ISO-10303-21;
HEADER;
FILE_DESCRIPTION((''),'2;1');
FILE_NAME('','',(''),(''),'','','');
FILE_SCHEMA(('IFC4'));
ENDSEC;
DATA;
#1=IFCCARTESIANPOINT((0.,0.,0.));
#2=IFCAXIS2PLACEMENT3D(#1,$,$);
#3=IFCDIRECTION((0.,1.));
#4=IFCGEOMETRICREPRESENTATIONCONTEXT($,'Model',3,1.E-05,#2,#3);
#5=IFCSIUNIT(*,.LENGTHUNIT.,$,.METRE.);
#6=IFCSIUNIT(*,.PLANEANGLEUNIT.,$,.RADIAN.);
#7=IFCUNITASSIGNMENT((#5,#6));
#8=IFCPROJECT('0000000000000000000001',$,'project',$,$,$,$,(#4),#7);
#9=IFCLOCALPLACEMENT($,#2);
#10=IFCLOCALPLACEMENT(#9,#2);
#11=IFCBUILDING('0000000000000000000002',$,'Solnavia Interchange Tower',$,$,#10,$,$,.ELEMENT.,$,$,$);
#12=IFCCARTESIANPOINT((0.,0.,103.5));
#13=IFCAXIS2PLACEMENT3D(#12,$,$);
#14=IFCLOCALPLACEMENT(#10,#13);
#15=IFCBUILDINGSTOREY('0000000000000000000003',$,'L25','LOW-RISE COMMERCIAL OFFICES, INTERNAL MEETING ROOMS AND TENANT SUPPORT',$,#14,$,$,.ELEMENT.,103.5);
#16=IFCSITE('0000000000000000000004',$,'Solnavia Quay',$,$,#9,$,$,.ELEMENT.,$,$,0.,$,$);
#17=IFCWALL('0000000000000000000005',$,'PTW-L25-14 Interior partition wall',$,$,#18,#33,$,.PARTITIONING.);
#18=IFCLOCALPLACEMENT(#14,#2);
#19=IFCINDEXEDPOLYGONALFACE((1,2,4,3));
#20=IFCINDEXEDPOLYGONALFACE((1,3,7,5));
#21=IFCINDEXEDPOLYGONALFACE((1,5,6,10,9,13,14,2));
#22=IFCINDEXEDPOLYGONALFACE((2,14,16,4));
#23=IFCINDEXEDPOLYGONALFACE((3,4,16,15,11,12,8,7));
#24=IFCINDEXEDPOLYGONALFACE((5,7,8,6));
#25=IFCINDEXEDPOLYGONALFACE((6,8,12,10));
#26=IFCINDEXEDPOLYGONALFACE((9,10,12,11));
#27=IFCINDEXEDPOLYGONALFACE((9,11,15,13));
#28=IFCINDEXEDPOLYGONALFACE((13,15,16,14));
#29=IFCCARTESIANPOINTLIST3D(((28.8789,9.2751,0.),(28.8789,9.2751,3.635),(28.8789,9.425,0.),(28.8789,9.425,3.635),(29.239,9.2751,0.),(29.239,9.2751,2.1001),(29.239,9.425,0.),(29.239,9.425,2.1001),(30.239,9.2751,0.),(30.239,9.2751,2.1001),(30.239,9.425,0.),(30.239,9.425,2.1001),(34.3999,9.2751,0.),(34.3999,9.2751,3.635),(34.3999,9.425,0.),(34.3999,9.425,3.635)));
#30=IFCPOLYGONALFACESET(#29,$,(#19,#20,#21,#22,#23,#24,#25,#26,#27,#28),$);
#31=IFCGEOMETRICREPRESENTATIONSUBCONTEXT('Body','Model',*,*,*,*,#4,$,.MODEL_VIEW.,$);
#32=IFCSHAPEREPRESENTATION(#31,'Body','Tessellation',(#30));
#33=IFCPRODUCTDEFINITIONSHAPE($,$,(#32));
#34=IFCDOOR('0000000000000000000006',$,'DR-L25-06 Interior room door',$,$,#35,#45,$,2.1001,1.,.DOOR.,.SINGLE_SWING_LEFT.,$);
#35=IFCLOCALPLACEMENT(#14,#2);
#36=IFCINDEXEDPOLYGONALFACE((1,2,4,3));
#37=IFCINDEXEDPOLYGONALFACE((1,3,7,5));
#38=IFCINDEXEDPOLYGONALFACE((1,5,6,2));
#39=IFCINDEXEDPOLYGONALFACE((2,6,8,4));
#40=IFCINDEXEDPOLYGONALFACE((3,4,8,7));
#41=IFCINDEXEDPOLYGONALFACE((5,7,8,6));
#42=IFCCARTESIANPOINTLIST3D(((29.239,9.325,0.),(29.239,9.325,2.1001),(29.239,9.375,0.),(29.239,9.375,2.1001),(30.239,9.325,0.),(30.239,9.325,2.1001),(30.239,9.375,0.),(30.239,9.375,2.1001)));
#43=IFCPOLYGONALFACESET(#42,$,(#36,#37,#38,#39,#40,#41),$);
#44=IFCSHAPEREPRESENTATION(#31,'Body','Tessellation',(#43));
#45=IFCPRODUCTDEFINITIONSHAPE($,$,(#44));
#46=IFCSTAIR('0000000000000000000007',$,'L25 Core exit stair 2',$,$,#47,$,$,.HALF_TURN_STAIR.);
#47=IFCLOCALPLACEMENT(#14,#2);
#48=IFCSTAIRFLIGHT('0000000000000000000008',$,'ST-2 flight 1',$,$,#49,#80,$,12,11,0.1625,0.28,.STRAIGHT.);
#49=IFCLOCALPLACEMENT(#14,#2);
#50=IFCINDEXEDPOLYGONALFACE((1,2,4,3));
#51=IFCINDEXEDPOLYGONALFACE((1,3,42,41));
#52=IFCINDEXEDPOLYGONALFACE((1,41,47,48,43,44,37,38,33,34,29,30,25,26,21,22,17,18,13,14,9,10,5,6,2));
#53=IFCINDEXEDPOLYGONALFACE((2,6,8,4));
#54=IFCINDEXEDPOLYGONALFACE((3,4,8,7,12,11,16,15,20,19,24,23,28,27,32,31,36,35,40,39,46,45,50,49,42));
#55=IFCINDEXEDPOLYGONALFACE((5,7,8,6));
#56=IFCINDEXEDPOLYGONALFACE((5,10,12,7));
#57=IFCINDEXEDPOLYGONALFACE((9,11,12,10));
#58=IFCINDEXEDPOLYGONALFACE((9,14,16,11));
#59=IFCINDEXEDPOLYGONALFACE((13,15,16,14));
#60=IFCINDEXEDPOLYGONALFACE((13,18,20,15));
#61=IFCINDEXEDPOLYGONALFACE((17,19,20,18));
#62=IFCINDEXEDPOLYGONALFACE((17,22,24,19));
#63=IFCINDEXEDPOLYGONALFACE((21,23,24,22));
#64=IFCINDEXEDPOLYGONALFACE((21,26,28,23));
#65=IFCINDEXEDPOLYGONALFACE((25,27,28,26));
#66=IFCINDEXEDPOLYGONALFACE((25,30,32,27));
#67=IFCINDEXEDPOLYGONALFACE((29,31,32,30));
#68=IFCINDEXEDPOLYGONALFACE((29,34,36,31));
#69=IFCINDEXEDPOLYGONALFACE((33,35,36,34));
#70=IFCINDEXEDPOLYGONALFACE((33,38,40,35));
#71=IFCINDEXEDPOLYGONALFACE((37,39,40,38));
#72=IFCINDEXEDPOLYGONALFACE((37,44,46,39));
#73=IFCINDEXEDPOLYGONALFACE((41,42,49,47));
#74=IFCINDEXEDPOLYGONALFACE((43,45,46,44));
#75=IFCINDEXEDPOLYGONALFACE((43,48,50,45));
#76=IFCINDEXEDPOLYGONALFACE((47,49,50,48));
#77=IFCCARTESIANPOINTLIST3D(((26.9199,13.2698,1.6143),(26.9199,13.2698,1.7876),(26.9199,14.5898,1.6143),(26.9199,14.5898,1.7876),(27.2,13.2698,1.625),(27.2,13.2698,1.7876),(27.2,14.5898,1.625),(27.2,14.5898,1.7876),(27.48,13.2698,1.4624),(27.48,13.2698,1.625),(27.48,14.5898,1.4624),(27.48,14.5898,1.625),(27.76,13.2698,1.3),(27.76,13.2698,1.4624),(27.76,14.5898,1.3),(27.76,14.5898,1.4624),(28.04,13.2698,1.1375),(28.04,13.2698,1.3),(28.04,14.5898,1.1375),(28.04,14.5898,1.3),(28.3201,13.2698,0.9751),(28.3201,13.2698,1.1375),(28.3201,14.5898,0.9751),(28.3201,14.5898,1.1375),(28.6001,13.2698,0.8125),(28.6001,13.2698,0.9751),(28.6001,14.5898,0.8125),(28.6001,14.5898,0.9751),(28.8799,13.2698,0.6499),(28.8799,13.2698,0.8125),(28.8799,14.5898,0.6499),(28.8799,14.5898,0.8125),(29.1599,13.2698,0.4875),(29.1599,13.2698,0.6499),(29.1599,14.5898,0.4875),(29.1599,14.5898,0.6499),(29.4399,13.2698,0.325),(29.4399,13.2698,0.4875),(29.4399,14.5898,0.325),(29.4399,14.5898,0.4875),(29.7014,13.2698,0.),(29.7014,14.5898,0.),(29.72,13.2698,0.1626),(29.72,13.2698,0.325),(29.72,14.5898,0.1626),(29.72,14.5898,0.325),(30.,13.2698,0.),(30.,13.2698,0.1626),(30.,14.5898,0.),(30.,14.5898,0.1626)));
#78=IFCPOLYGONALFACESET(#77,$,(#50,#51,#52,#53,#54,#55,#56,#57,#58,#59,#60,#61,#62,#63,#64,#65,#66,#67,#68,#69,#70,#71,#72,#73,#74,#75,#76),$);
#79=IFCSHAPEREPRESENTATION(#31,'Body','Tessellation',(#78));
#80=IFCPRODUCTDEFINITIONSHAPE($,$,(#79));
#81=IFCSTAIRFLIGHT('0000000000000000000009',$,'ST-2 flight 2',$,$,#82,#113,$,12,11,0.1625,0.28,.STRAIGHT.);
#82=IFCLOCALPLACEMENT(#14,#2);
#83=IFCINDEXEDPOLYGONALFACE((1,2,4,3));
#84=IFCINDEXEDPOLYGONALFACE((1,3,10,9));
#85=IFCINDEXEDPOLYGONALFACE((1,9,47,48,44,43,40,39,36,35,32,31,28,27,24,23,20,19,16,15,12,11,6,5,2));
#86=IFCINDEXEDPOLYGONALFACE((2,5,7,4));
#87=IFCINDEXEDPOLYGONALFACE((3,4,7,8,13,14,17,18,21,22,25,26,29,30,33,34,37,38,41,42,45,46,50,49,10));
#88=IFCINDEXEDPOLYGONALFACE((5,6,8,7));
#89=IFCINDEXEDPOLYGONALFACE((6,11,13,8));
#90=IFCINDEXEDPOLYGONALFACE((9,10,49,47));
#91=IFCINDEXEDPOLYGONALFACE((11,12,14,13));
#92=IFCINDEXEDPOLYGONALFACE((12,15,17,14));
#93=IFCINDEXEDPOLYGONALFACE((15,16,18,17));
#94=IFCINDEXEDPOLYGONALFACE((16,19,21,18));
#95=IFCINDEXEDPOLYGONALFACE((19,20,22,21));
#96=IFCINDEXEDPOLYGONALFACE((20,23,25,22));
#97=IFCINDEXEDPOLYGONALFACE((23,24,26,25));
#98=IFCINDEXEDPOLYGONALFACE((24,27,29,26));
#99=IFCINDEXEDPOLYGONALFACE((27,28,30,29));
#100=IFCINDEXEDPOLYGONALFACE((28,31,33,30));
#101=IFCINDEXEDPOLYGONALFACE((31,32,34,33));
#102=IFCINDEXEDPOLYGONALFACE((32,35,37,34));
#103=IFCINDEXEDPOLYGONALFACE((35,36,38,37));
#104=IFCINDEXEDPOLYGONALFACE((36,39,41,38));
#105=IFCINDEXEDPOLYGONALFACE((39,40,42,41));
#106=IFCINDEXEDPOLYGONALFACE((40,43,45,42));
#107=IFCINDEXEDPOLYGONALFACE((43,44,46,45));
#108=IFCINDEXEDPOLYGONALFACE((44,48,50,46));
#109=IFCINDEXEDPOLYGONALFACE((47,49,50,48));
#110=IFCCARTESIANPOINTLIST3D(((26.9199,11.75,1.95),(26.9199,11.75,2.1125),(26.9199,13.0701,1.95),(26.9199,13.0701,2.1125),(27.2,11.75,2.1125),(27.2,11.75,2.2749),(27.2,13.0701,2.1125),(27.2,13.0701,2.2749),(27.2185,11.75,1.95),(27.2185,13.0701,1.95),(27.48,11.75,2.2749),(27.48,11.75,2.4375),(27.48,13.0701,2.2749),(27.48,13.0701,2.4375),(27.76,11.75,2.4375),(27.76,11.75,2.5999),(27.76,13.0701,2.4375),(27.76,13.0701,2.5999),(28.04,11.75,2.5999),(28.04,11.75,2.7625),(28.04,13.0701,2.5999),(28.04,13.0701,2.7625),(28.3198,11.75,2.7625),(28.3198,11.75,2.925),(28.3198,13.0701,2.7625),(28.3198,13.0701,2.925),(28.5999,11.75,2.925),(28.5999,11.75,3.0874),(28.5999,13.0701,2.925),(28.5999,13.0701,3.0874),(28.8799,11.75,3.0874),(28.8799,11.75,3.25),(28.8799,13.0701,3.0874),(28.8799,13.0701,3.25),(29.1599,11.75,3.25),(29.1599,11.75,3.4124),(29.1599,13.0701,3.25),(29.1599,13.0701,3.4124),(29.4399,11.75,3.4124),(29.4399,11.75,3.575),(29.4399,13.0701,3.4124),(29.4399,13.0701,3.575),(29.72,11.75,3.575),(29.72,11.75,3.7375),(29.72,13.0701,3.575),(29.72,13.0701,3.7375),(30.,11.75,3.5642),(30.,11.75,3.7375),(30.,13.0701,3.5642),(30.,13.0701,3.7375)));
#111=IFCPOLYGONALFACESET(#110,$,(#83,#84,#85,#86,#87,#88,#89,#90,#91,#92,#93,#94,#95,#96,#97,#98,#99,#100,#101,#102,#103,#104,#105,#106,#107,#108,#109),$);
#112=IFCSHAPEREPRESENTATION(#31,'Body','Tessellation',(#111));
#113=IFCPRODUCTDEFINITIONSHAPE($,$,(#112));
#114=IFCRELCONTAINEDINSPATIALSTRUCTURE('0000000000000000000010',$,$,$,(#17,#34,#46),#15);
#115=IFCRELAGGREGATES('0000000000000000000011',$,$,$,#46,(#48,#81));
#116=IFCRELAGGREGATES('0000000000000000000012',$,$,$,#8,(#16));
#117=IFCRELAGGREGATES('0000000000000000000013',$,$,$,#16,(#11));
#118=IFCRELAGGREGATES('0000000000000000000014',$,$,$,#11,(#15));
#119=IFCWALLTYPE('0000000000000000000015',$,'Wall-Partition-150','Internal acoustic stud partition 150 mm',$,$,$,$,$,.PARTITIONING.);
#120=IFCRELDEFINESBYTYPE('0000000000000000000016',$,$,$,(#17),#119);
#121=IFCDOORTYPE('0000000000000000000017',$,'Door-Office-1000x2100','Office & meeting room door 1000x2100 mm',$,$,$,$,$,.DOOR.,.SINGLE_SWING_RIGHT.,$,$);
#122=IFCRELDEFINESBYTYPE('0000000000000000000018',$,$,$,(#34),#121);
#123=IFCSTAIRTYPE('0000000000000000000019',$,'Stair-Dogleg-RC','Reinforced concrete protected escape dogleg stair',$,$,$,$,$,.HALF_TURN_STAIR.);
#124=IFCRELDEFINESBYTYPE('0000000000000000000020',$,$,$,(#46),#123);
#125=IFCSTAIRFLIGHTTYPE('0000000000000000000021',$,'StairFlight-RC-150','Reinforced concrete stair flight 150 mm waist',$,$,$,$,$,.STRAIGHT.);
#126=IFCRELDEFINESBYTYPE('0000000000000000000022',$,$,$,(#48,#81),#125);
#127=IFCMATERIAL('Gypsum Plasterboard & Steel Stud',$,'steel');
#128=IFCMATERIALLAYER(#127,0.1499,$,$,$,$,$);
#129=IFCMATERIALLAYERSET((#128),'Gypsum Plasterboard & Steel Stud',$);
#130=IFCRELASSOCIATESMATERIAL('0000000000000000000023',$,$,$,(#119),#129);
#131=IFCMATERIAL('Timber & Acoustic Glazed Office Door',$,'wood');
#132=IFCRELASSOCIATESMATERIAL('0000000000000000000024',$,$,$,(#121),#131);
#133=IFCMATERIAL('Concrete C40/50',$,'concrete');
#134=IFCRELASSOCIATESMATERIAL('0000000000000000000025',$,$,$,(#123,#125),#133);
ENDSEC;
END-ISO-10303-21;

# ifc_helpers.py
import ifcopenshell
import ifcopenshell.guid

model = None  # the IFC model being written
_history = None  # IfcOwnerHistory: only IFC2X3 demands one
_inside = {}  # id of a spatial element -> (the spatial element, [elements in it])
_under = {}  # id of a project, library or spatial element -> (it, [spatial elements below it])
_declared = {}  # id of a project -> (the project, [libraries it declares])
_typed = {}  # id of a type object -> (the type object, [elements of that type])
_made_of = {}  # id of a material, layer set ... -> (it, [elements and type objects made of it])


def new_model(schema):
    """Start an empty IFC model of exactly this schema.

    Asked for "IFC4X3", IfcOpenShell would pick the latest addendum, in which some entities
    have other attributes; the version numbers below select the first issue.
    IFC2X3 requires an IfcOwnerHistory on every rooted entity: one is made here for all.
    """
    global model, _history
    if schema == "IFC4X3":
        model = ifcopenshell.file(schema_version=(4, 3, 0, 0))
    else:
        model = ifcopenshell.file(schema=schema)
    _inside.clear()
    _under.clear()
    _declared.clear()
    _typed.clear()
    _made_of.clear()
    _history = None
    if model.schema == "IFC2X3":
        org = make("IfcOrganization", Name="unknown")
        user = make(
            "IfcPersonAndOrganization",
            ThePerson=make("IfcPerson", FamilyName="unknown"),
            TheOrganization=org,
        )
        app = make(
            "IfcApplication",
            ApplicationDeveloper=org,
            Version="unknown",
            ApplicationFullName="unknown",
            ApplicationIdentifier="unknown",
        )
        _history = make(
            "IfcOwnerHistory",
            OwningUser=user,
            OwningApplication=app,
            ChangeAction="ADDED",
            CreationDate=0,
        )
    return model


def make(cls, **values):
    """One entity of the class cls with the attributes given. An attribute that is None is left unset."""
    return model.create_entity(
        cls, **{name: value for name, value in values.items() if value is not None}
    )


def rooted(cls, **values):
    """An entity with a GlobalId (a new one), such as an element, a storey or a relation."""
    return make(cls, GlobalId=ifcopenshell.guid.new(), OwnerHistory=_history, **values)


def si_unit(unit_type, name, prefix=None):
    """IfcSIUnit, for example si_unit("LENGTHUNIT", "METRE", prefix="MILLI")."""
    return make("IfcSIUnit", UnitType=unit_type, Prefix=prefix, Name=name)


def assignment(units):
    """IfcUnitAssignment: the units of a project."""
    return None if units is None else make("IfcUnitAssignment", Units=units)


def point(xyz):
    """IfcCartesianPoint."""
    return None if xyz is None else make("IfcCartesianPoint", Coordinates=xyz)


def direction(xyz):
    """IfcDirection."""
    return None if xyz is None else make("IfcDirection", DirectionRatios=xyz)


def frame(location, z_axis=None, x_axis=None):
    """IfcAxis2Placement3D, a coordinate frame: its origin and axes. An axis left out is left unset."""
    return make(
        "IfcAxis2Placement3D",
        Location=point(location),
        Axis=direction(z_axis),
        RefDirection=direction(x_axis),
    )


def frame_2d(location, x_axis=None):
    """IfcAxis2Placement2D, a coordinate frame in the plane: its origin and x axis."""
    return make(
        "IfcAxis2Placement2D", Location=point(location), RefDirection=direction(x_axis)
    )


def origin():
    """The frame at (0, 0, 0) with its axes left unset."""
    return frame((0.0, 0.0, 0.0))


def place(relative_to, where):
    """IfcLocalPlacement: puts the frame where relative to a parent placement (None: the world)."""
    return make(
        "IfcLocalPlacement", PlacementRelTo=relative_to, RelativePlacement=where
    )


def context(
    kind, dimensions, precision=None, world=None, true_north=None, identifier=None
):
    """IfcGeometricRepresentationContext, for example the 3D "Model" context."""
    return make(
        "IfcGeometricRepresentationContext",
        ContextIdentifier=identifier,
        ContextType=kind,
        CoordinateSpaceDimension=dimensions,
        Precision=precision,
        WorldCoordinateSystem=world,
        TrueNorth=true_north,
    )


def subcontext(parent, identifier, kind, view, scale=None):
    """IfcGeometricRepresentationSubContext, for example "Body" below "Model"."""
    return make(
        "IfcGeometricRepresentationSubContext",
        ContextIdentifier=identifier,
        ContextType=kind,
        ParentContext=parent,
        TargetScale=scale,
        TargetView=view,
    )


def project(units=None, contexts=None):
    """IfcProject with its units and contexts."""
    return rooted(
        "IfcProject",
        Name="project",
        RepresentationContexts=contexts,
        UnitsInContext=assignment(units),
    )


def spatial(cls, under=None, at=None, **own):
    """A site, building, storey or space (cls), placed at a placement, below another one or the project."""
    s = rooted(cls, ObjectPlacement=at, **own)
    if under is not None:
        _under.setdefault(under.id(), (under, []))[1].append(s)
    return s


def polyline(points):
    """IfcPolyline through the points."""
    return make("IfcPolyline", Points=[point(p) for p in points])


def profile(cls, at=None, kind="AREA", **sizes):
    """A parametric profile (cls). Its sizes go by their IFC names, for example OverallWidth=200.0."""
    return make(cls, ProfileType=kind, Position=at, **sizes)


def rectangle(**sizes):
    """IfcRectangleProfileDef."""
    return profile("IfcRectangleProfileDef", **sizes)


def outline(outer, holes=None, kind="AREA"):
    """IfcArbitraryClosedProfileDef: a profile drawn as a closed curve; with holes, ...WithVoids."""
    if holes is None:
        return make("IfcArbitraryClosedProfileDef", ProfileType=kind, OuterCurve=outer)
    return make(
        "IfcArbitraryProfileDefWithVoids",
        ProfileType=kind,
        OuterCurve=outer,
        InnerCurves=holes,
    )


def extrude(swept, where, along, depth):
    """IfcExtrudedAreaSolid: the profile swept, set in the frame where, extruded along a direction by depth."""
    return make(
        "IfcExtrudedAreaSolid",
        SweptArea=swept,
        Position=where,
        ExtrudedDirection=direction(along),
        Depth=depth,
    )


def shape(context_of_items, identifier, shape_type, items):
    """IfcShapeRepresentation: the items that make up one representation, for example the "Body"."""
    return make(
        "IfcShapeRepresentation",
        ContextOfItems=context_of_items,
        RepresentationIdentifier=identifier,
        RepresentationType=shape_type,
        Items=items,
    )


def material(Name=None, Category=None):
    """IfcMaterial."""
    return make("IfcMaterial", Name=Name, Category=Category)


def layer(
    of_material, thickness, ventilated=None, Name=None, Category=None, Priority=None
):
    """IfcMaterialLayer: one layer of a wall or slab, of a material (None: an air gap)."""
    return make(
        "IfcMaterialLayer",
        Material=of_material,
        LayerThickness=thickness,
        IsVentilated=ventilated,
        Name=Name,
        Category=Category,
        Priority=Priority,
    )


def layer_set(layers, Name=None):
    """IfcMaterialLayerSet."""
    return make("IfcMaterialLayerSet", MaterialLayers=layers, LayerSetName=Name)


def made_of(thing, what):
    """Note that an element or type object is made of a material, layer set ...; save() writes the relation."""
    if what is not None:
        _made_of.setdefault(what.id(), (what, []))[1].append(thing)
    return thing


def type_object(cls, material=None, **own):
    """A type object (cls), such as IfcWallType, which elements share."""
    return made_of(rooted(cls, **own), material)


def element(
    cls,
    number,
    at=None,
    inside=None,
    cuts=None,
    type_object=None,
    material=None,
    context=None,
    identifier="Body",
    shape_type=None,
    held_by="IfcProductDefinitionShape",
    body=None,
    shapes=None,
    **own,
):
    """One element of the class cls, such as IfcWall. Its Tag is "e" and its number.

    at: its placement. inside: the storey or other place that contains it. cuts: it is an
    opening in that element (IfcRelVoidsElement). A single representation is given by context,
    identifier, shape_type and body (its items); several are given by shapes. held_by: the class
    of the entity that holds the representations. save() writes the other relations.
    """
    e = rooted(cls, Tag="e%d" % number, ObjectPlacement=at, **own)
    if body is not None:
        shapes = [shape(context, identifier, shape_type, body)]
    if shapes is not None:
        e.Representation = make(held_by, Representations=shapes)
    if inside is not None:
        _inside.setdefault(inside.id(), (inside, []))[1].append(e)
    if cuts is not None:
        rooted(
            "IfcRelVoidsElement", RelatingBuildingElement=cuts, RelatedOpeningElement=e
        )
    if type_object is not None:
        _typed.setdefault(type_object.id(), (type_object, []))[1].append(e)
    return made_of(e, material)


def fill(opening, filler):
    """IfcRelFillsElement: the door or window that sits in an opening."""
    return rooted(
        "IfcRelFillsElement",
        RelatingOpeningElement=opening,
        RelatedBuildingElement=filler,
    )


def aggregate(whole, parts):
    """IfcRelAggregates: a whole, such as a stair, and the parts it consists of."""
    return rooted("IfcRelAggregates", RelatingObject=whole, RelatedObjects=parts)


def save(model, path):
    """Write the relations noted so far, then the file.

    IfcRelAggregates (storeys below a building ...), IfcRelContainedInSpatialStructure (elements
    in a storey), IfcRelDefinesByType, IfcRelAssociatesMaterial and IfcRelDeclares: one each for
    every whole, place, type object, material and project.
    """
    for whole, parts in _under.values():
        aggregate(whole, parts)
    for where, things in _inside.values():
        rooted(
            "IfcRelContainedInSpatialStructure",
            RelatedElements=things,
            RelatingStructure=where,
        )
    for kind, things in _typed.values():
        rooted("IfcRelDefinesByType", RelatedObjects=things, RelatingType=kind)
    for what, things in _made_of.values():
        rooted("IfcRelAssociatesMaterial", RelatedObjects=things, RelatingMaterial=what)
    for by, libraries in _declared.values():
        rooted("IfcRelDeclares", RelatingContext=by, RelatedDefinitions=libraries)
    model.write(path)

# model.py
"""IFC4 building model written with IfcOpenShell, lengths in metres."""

from ifc_helpers import new_model, si_unit, direction, frame, frame_2d, origin, place, context, subcontext, project, spatial, polyline, rectangle, outline, extrude, material, layer, layer_set, type_object, element, fill, aggregate, save


model = new_model("IFC4")

# Units and contexts
model_context = context("Model", 3, precision=1e-05, world=origin(), true_north=direction((0.0, 1.0)))
body_context = subcontext(model_context, "Body", "Model", "MODEL_VIEW")
ifc_project = project(units=[si_unit("LENGTHUNIT", "METRE"), si_unit("PLANEANGLEUNIT", "RADIAN")], contexts=[model_context])

# Site, building, storey
site_placement = place(None, origin())
site = spatial("IfcSite", under=ifc_project, at=site_placement, Name="Solnavia Quay", CompositionType="ELEMENT", RefElevation=0.0)
building_placement = place(site_placement, origin())
building = spatial("IfcBuilding", under=site, at=building_placement, Name="Solnavia Interchange Tower", CompositionType="ELEMENT")
storey_placement = place(building_placement, frame((0.0, 0.0, 103.5)))
storey = spatial("IfcBuildingStorey", under=building, at=storey_placement, Name="L25", Description="LOW-RISE COMMERCIAL OFFICES, INTERNAL MEETING ROOMS AND TENANT SUPPORT", CompositionType="ELEMENT", Elevation=103.5)

# Shared definitions
ifc_material_1 = material(Name="Concrete C40/50", Category="concrete")

# Shared definitions
ifc_material_2 = material(Name="Gypsum Plasterboard & Steel Stud", Category="steel")
ifc_layer_1 = layer(ifc_material_2, 0.1499)
ifc_layer_set_1 = layer_set([ifc_layer_1], Name="Gypsum Plasterboard & Steel Stud")
wall_type_1 = type_object("IfcWallType", Name="Wall-Partition-150", Description="Internal acoustic stud partition 150 mm", PredefinedType="PARTITIONING", material=ifc_layer_set_1)

# Wall, opening, door
wall_1_placement = place(storey_placement, frame((28.8789, 9.3501, 0.0), z_axis=(0.0, 0.0, 1.0), x_axis=(1.0, 0.0, 0.0)))
wall_1 = element("IfcWall", 1, at=wall_1_placement, inside=storey, type_object=wall_type_1, Name="PTW-L25-14 Interior partition wall", PredefinedType="PARTITIONING", context=body_context, shape_type="SweptSolid", body=[
    extrude(rectangle(XDim=5.521, YDim=0.1499, at=frame_2d((2.7605, 0.0))), origin(), (0.0, 0.0, 1.0), 3.635),
])
opening_1_placement = place(wall_1_placement, frame((0.3601, 0.0, 0.0)))
opening_1 = element("IfcOpeningElement", 2, at=opening_1_placement, cuts=wall_1, PredefinedType="OPENING", context=body_context, shape_type="SweptSolid", body=[
    extrude(rectangle(XDim=1.0, YDim=2.1001, at=frame_2d((0.5, 1.05))), frame((0.0, 0.085, 0.0), z_axis=(0.0, -1.0, 0.0), x_axis=(1.0, 0.0, 0.0)), (0.0, 0.0, 1.0), 0.1699),
])
ifc_material_3 = material(Name="Timber & Acoustic Glazed Office Door", Category="wood")
door_type = type_object("IfcDoorType", Name="Door-Office-1000x2100", Description="Office & meeting room door 1000x2100 mm", OperationType="SINGLE_SWING_RIGHT", PredefinedType="DOOR", material=ifc_material_3)
door_placement = place(opening_1_placement, origin())
door = element("IfcDoor", 3, at=door_placement, inside=storey, type_object=door_type, Name="DR-L25-06 Interior room door", OperationType="SINGLE_SWING_LEFT", OverallHeight=2.1001, OverallWidth=1.0, PredefinedType="DOOR", context=body_context, shape_type="SweptSolid", body=[
    extrude(rectangle(XDim=1.0, YDim=2.1001, at=frame_2d((0.5, 1.05))), frame((0.0, 0.0249, 0.0), z_axis=(0.0, -1.0, 0.0), x_axis=(1.0, 0.0, 0.0)), (0.0, 0.0, 1.0), 0.05),
])
fill(opening_1, door)

# Stair, stair flights
stair_type = type_object("IfcStairType", Name="Stair-Dogleg-RC", Description="Reinforced concrete protected escape dogleg stair", PredefinedType="HALF_TURN_STAIR", material=ifc_material_1)
stair_placement = place(storey_placement, origin())
stair = element("IfcStair", 4, at=stair_placement, inside=storey, type_object=stair_type, Name="L25 Core exit stair 2", PredefinedType="HALF_TURN_STAIR")
stair_flight_type = type_object("IfcStairFlightType", Name="StairFlight-RC-150", Description="Reinforced concrete stair flight 150 mm waist", PredefinedType="STRAIGHT", material=ifc_material_1)
stair_flight_1_placement = place(storey_placement, frame((30.0, 13.9299, 0.0), z_axis=(0.0, 0.0, 1.0), x_axis=(-1.0, 0.0, 0.0)))
stair_flight_1 = element("IfcStairFlight", 5, at=stair_flight_1_placement, type_object=stair_flight_type, Name="ST-2 flight 1", NumberOfRisers=12, NumberOfTreads=11, PredefinedType="STRAIGHT", RiserHeight=0.1625, TreadLength=0.28, context=body_context, shape_type="SweptSolid", body=[
    extrude(outline(polyline([(0.0, 0.0), (0.0, 0.1626), (0.28, 0.1626), (0.28, 0.325), (0.5601, 0.325), (0.5601, 0.4875), (0.8401, 0.4875), (0.8401, 0.6499), (1.1201, 0.6499), (1.1201, 0.8125), (1.3999, 0.8125), (1.3999, 0.9751), (1.6799, 0.9751), (1.6799, 1.1375), (1.96, 1.1375), (1.96, 1.3), (2.24, 1.3), (2.24, 1.4624), (2.52, 1.4624), (2.52, 1.625), (2.8, 1.625), (2.8, 1.7876), (3.0801, 1.7876), (3.0801, 1.95), (3.0801, 1.6143), (0.2986, 0.0), (0.0, 0.0)])), frame((0.0, 0.6602, 0.0), z_axis=(0.0, -1.0, 0.0), x_axis=(1.0, 0.0, 0.0)), (0.0, 0.0, 1.0), 1.3201),
])
stair_flight_2_placement = place(storey_placement, frame((26.9199, 12.4099, 1.95), z_axis=(0.0, 0.0, 1.0), x_axis=(1.0, 0.0, 0.0)))
stair_flight_2 = element("IfcStairFlight", 6, at=stair_flight_2_placement, type_object=stair_flight_type, Name="ST-2 flight 2", NumberOfRisers=12, NumberOfTreads=11, PredefinedType="STRAIGHT", RiserHeight=0.1625, TreadLength=0.28, context=body_context, shape_type="SweptSolid", body=[
    extrude(outline(polyline([(0.0, 0.0), (0.0, 0.1626), (0.28, 0.1626), (0.28, 0.325), (0.5601, 0.325), (0.5601, 0.4875), (0.8401, 0.4875), (0.8401, 0.6499), (1.1201, 0.6499), (1.1201, 0.8125), (1.3999, 0.8125), (1.3999, 0.9751), (1.6799, 0.9751), (1.6799, 1.1375), (1.96, 1.1375), (1.96, 1.3), (2.24, 1.3), (2.24, 1.4624), (2.52, 1.4624), (2.52, 1.625), (2.8, 1.625), (2.8, 1.7876), (3.0801, 1.7876), (3.0801, 1.95), (3.0801, 1.6143), (0.2986, 0.0), (0.0, 0.0)])), frame((0.0, 0.6602, 0.0), z_axis=(0.0, -1.0, 0.0), x_axis=(1.0, 0.0, 0.0)), (0.0, 0.0, 1.0), 1.3201),
])
aggregate(stair, [stair_flight_1, stair_flight_2])

save(model, "model.ifc")
